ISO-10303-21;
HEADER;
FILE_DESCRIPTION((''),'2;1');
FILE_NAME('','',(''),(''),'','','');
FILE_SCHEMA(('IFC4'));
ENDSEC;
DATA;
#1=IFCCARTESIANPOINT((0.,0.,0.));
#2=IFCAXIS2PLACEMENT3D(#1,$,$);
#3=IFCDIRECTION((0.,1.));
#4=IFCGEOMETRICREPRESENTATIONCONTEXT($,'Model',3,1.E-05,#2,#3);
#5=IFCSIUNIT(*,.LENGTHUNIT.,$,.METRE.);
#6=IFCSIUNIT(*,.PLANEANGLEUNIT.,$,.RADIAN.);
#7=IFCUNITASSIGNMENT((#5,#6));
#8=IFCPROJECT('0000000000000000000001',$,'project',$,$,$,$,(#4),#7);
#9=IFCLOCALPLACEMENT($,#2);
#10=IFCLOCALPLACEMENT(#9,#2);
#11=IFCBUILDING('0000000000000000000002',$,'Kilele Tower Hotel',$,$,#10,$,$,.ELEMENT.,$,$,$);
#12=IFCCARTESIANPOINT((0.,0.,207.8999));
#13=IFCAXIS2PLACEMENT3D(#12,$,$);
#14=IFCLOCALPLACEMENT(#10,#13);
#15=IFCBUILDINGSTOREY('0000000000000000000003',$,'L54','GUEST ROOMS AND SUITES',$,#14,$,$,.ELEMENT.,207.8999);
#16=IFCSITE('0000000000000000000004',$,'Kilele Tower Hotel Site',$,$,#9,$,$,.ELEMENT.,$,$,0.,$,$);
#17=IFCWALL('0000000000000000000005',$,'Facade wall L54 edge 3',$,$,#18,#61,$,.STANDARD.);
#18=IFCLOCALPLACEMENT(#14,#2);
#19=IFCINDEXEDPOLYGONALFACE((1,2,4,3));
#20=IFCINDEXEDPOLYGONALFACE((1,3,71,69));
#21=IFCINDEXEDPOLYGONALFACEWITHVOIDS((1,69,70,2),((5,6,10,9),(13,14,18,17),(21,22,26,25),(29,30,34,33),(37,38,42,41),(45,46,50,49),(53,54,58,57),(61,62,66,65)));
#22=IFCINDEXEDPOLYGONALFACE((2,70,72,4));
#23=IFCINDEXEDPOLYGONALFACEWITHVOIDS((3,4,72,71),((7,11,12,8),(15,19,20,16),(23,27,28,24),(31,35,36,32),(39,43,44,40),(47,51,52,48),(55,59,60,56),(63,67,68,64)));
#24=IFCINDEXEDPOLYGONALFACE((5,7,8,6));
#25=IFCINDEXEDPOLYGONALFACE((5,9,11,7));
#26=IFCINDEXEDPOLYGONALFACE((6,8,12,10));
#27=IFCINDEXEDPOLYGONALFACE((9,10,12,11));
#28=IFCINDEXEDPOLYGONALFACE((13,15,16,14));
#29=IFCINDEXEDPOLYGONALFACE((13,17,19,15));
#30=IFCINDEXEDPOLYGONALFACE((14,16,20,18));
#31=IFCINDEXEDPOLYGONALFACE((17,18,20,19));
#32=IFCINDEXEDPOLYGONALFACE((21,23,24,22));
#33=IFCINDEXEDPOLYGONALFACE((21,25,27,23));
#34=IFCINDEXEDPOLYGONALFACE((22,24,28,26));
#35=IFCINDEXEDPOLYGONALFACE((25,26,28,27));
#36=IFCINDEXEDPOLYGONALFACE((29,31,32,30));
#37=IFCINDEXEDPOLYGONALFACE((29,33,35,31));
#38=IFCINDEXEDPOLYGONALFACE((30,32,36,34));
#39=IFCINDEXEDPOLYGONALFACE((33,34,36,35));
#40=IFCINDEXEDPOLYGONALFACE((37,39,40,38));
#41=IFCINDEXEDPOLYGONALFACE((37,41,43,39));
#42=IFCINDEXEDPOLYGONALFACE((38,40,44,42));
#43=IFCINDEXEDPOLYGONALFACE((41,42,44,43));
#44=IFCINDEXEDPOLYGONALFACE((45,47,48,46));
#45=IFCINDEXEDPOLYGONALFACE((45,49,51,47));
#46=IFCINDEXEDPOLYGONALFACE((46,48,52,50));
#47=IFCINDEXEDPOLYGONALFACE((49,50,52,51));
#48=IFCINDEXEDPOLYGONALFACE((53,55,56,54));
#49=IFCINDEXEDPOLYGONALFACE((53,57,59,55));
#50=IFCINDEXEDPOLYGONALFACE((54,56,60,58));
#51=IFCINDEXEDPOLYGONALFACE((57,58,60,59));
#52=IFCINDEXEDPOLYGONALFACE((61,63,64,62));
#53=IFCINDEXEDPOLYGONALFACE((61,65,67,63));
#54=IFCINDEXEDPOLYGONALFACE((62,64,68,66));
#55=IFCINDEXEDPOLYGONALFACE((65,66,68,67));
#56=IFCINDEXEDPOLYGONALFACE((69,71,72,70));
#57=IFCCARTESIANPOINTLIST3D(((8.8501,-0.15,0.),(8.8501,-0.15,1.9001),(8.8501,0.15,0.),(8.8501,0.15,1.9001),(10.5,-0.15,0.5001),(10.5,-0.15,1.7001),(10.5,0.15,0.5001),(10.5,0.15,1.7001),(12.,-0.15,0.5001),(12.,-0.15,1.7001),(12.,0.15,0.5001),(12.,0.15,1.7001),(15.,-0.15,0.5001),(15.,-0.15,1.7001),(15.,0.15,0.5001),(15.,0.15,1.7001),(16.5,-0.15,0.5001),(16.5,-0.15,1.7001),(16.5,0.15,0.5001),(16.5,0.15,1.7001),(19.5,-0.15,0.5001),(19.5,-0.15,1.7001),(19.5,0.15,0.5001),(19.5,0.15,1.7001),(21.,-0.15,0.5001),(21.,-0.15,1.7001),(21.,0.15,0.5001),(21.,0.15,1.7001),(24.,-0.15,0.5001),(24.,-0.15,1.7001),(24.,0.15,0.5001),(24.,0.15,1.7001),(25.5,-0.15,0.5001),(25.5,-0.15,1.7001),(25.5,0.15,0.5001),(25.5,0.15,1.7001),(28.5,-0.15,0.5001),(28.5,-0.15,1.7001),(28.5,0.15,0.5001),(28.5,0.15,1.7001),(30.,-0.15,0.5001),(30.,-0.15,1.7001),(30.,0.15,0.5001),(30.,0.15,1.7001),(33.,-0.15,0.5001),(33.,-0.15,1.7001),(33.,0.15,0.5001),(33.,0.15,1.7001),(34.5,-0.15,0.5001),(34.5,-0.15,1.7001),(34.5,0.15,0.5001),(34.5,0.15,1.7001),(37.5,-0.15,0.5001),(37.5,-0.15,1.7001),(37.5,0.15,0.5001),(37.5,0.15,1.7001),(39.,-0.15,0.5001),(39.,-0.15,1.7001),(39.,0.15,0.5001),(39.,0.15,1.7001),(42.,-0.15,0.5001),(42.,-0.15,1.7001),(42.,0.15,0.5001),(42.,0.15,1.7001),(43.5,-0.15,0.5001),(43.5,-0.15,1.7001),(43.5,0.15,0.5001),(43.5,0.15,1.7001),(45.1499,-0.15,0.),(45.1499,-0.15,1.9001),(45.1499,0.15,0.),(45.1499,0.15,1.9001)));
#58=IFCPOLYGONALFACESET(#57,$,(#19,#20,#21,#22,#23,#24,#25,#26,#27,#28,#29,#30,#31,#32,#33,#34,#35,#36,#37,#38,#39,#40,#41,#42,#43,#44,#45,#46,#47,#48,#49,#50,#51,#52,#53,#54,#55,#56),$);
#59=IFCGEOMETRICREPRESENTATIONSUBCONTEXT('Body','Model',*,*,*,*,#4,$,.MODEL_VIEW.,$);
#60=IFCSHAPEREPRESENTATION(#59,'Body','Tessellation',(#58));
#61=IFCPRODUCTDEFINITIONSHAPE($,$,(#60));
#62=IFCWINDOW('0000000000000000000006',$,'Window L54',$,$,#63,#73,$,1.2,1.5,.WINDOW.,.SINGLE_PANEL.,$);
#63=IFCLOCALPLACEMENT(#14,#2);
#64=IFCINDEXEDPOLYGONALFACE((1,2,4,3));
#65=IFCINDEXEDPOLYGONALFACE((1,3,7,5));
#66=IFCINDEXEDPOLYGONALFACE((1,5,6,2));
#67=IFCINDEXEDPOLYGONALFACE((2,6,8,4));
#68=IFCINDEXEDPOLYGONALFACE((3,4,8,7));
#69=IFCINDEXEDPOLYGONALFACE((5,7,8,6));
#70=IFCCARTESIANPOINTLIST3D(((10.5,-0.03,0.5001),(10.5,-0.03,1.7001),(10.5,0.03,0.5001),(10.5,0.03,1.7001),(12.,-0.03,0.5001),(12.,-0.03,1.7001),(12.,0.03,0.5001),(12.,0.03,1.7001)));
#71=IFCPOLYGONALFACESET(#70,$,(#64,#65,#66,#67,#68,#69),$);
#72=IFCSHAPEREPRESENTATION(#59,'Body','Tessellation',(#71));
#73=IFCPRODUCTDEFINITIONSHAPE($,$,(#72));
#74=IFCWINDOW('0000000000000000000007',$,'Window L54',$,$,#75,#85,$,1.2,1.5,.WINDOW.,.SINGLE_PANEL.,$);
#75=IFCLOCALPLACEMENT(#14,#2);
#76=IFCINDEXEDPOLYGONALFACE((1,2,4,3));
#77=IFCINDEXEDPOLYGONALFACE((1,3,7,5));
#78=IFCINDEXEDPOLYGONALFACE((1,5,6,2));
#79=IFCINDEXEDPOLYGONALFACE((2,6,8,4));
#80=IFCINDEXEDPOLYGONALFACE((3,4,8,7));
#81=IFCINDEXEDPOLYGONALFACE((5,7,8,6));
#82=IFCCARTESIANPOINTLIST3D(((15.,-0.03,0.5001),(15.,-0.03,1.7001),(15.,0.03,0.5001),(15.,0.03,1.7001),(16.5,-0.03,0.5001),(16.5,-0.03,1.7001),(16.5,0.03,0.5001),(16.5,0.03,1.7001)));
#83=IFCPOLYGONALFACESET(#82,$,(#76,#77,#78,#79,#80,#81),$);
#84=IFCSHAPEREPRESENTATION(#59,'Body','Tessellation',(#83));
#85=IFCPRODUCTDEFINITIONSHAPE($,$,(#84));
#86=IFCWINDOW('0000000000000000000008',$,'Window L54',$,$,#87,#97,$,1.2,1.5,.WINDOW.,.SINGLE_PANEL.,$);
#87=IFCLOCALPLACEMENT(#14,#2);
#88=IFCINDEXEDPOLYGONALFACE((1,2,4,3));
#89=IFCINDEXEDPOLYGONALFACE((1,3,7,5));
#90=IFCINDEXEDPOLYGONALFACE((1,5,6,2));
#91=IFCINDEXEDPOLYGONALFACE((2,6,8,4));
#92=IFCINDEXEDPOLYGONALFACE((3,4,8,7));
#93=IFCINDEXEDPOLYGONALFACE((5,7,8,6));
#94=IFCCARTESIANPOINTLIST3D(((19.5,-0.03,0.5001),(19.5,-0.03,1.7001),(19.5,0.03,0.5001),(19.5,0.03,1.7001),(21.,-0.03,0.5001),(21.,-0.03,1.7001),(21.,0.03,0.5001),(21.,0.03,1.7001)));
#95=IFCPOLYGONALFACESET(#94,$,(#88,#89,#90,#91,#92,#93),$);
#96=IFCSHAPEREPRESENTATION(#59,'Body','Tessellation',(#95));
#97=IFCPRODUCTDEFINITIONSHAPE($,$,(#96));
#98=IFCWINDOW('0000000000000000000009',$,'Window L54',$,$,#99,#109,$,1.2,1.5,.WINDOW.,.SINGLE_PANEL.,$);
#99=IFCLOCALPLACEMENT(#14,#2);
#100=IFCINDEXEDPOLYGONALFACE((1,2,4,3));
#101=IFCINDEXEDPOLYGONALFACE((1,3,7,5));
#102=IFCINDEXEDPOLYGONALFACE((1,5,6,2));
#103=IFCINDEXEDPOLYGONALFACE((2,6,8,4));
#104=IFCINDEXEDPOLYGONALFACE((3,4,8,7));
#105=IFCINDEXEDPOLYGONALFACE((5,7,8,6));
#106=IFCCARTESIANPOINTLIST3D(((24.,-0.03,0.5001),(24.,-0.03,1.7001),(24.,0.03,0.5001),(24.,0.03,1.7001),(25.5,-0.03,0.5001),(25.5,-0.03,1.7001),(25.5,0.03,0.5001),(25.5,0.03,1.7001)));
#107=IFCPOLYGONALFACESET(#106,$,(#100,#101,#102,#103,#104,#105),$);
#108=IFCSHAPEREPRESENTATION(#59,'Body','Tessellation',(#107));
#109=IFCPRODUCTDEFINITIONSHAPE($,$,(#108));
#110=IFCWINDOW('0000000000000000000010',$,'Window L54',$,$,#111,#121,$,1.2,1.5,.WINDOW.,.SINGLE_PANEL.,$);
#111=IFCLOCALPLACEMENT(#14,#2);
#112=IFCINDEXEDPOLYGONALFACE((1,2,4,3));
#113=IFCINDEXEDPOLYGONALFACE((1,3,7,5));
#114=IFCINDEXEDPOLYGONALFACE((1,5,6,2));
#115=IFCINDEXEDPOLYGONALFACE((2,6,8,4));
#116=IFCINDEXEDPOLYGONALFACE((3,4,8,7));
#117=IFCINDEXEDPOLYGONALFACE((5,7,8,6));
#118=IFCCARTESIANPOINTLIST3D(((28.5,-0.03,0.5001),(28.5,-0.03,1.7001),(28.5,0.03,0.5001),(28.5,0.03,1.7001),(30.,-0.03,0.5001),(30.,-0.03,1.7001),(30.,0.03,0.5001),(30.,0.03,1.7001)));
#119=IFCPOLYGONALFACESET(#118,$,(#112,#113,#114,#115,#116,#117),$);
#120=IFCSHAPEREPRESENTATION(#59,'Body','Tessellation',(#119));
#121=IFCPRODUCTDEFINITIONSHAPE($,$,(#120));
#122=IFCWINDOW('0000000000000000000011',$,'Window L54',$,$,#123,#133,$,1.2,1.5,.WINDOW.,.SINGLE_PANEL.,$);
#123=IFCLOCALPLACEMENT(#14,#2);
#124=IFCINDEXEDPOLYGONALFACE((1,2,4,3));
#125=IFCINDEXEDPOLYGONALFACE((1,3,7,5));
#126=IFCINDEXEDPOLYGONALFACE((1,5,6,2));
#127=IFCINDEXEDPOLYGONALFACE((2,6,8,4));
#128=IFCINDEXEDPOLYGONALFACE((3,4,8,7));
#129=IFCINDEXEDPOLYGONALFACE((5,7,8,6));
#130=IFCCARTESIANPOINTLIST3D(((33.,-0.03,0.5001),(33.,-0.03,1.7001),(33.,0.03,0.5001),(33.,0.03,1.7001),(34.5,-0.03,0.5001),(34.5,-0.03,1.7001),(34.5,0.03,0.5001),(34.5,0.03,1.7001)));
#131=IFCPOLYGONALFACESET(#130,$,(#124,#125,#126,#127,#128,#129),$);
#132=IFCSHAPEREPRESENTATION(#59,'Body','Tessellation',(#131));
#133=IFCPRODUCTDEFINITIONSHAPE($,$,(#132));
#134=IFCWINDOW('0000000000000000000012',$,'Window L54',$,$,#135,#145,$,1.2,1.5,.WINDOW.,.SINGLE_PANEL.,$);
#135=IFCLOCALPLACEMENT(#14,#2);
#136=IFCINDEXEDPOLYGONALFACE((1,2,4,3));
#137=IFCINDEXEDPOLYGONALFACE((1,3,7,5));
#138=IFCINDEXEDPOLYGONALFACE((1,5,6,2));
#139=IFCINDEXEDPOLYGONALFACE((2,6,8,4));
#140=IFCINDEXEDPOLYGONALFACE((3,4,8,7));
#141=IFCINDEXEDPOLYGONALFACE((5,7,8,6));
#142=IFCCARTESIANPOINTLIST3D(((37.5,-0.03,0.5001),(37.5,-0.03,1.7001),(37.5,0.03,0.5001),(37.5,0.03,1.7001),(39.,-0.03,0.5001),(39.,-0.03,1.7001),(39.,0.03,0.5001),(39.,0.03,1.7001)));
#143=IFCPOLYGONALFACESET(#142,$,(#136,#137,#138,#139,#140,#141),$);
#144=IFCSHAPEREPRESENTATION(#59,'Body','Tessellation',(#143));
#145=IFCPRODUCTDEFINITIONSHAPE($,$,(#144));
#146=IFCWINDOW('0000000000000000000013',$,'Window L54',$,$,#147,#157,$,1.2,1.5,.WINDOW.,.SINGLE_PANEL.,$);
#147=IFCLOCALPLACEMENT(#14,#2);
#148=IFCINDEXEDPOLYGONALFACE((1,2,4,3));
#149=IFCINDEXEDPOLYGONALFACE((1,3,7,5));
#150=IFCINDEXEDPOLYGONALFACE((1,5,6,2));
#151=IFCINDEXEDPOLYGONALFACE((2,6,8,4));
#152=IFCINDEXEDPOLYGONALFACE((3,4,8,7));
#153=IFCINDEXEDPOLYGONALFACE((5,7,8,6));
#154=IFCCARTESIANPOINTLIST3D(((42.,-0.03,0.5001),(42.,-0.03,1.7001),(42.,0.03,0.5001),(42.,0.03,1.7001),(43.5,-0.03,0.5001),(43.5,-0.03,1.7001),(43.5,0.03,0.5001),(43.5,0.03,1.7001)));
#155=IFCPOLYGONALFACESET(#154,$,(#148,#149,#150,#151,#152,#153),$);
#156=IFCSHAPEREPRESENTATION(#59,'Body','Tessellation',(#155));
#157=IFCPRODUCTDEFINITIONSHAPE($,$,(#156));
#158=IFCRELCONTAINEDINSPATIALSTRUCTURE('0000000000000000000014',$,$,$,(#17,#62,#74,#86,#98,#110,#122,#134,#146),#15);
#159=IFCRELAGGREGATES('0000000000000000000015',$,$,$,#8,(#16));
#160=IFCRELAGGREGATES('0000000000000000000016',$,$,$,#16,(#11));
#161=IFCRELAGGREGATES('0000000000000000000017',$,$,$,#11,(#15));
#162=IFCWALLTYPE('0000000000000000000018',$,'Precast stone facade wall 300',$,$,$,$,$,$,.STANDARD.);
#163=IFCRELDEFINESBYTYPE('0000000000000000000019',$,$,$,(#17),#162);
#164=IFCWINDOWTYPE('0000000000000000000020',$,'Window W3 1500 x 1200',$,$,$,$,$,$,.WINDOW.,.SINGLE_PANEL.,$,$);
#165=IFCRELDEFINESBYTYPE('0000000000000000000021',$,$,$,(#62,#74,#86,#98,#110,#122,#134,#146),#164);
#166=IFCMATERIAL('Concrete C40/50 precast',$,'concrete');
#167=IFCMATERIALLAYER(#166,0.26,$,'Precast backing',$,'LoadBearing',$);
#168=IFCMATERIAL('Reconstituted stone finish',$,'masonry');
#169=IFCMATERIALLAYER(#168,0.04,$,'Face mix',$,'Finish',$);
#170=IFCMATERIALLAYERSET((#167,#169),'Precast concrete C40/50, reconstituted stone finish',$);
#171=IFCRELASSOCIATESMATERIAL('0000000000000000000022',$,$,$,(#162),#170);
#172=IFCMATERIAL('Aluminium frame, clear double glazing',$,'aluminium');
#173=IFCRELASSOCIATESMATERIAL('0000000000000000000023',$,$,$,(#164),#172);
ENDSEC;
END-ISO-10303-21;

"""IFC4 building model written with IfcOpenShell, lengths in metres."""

from ifc_helpers import new_model, si_unit, direction, frame, frame_2d, origin, place, context, subcontext, project, spatial, rectangle, extrude, material, layer, layer_set, type_object, element, fill, save


model = new_model("IFC4")

# Units and contexts
model_context = context("Model", 3, precision=1e-05, world=origin(), true_north=direction((0.0, 1.0)))
body_context = subcontext(model_context, "Body", "Model", "MODEL_VIEW")
ifc_project = project(units=[si_unit("LENGTHUNIT", "METRE"), si_unit("PLANEANGLEUNIT", "RADIAN")], contexts=[model_context])

# Site, building, storey
site_placement = place(None, origin())
site = spatial("IfcSite", under=ifc_project, at=site_placement, Name="Kilele Tower Hotel Site", CompositionType="ELEMENT", RefElevation=0.0)
building_placement = place(site_placement, origin())
building = spatial("IfcBuilding", under=site, at=building_placement, Name="Kilele Tower Hotel", CompositionType="ELEMENT")
storey_placement = place(building_placement, frame((0.0, 0.0, 207.8999)))
storey = spatial("IfcBuildingStorey", under=building, at=storey_placement, Name="L54", Description="GUEST ROOMS AND SUITES", CompositionType="ELEMENT", Elevation=207.8999)

# Wall, openings, windows
ifc_material_1 = material(Name="Concrete C40/50 precast", Category="concrete")
ifc_layer_1 = layer(ifc_material_1, 0.26, Name="Precast backing", Category="LoadBearing")
ifc_material_2 = material(Name="Reconstituted stone finish", Category="masonry")
ifc_layer_2 = layer(ifc_material_2, 0.04, Name="Face mix", Category="Finish")
ifc_layer_set_1 = layer_set([ifc_layer_1, ifc_layer_2], Name="Precast concrete C40/50, reconstituted stone finish")
wall_type_1 = type_object("IfcWallType", Name="Precast stone facade wall 300", PredefinedType="STANDARD", material=ifc_layer_set_1)
wall_1_placement = place(storey_placement, frame((8.8501, 0.0, 0.0), z_axis=(0.0, 0.0, 1.0), x_axis=(1.0, 0.0, 0.0)))
wall_1 = element("IfcWall", 1, at=wall_1_placement, inside=storey, type_object=wall_type_1, Name="Facade wall L54 edge 3", PredefinedType="STANDARD", context=body_context, shape_type="SweptSolid", body=[
    extrude(rectangle(XDim=36.2998, YDim=0.3, at=frame_2d((18.1499, 0.0))), origin(), (0.0, 0.0, 1.0), 1.9001),
])
opening_1_placement = place(wall_1_placement, frame((1.6499, 0.0, 0.5)))
opening_1 = element("IfcOpeningElement", 2, at=opening_1_placement, cuts=wall_1, PredefinedType="OPENING", context=body_context, shape_type="SweptSolid", body=[
    extrude(rectangle(XDim=1.5, YDim=1.2, at=frame_2d((0.75, 0.6001))), frame((0.0, 0.1599, 0.0), z_axis=(0.0, -1.0, 0.0), x_axis=(1.0, 0.0, 0.0)), (0.0, 0.0, 1.0), 0.3201),
])
opening_2_placement = place(wall_1_placement, frame((6.1499, 0.0, 0.5)))
opening_2 = element("IfcOpeningElement", 3, at=opening_2_placement, cuts=wall_1, PredefinedType="OPENING", context=body_context, shape_type="SweptSolid", body=[
    extrude(rectangle(XDim=1.5, YDim=1.2, at=frame_2d((0.75, 0.6001))), frame((0.0, 0.1599, 0.0), z_axis=(0.0, -1.0, 0.0), x_axis=(1.0, 0.0, 0.0)), (0.0, 0.0, 1.0), 0.3201),
])
opening_3_placement = place(wall_1_placement, frame((10.6499, 0.0, 0.5)))
opening_3 = element("IfcOpeningElement", 4, at=opening_3_placement, cuts=wall_1, PredefinedType="OPENING", context=body_context, shape_type="SweptSolid", body=[
    extrude(rectangle(XDim=1.5, YDim=1.2, at=frame_2d((0.75, 0.6001))), frame((0.0, 0.1599, 0.0), z_axis=(0.0, -1.0, 0.0), x_axis=(1.0, 0.0, 0.0)), (0.0, 0.0, 1.0), 0.3201),
])
opening_4_placement = place(wall_1_placement, frame((15.1499, 0.0, 0.5)))
opening_4 = element("IfcOpeningElement", 5, at=opening_4_placement, cuts=wall_1, PredefinedType="OPENING", context=body_context, shape_type="SweptSolid", body=[
    extrude(rectangle(XDim=1.5, YDim=1.2, at=frame_2d((0.75, 0.6001))), frame((0.0, 0.1599, 0.0), z_axis=(0.0, -1.0, 0.0), x_axis=(1.0, 0.0, 0.0)), (0.0, 0.0, 1.0), 0.3201),
])
opening_5_placement = place(wall_1_placement, frame((19.6499, 0.0, 0.5)))
opening_5 = element("IfcOpeningElement", 6, at=opening_5_placement, cuts=wall_1, PredefinedType="OPENING", context=body_context, shape_type="SweptSolid", body=[
    extrude(rectangle(XDim=1.5, YDim=1.2, at=frame_2d((0.75, 0.6001))), frame((0.0, 0.1599, 0.0), z_axis=(0.0, -1.0, 0.0), x_axis=(1.0, 0.0, 0.0)), (0.0, 0.0, 1.0), 0.3201),
])
opening_6_placement = place(wall_1_placement, frame((24.1499, 0.0, 0.5)))
opening_6 = element("IfcOpeningElement", 7, at=opening_6_placement, cuts=wall_1, PredefinedType="OPENING", context=body_context, shape_type="SweptSolid", body=[
    extrude(rectangle(XDim=1.5, YDim=1.2, at=frame_2d((0.75, 0.6001))), frame((0.0, 0.1599, 0.0), z_axis=(0.0, -1.0, 0.0), x_axis=(1.0, 0.0, 0.0)), (0.0, 0.0, 1.0), 0.3201),
])
opening_7_placement = place(wall_1_placement, frame((28.6499, 0.0, 0.5)))
opening_7 = element("IfcOpeningElement", 8, at=opening_7_placement, cuts=wall_1, PredefinedType="OPENING", context=body_context, shape_type="SweptSolid", body=[
    extrude(rectangle(XDim=1.5, YDim=1.2, at=frame_2d((0.75, 0.6001))), frame((0.0, 0.1599, 0.0), z_axis=(0.0, -1.0, 0.0), x_axis=(1.0, 0.0, 0.0)), (0.0, 0.0, 1.0), 0.3201),
])
opening_8_placement = place(wall_1_placement, frame((33.1499, 0.0, 0.5)))
opening_8 = element("IfcOpeningElement", 9, at=opening_8_placement, cuts=wall_1, PredefinedType="OPENING", context=body_context, shape_type="SweptSolid", body=[
    extrude(rectangle(XDim=1.5, YDim=1.2, at=frame_2d((0.75, 0.6001))), frame((0.0, 0.1599, 0.0), z_axis=(0.0, -1.0, 0.0), x_axis=(1.0, 0.0, 0.0)), (0.0, 0.0, 1.0), 0.3201),
])
ifc_material_3 = material(Name="Aluminium frame, clear double glazing", Category="aluminium")
window_type = type_object("IfcWindowType", Name="Window W3 1500 x 1200", PartitioningType="SINGLE_PANEL", PredefinedType="WINDOW", material=ifc_material_3)
window_1_placement = place(opening_1_placement, origin())
window_1 = element("IfcWindow", 10, at=window_1_placement, inside=storey, type_object=window_type, Name="Window L54", OverallHeight=1.2, OverallWidth=1.5, PartitioningType="SINGLE_PANEL", PredefinedType="WINDOW", context=body_context, shape_type="SweptSolid", body=[
    extrude(rectangle(XDim=1.5, YDim=1.2, at=frame_2d((0.75, 0.6001))), frame((0.0, 0.03, 0.0), z_axis=(0.0, -1.0, 0.0), x_axis=(1.0, 0.0, 0.0)), (0.0, 0.0, 1.0), 0.0601),
])
fill(opening_1, window_1)
window_2_placement = place(opening_2_placement, origin())
window_2 = element("IfcWindow", 11, at=window_2_placement, inside=storey, type_object=window_type, Name="Window L54", OverallHeight=1.2, OverallWidth=1.5, PartitioningType="SINGLE_PANEL", PredefinedType="WINDOW", context=body_context, shape_type="SweptSolid", body=[
    extrude(rectangle(XDim=1.5, YDim=1.2, at=frame_2d((0.75, 0.6001))), frame((0.0, 0.03, 0.0), z_axis=(0.0, -1.0, 0.0), x_axis=(1.0, 0.0, 0.0)), (0.0, 0.0, 1.0), 0.0601),
])
fill(opening_2, window_2)
window_3_placement = place(opening_3_placement, origin())
window_3 = element("IfcWindow", 12, at=window_3_placement, inside=storey, type_object=window_type, Name="Window L54", OverallHeight=1.2, OverallWidth=1.5, PartitioningType="SINGLE_PANEL", PredefinedType="WINDOW", context=body_context, shape_type="SweptSolid", body=[
    extrude(rectangle(XDim=1.5, YDim=1.2, at=frame_2d((0.75, 0.6001))), frame((0.0, 0.03, 0.0), z_axis=(0.0, -1.0, 0.0), x_axis=(1.0, 0.0, 0.0)), (0.0, 0.0, 1.0), 0.0601),
])
fill(opening_3, window_3)
window_4_placement = place(opening_4_placement, origin())
window_4 = element("IfcWindow", 13, at=window_4_placement, inside=storey, type_object=window_type, Name="Window L54", OverallHeight=1.2, OverallWidth=1.5, PartitioningType="SINGLE_PANEL", PredefinedType="WINDOW", context=body_context, shape_type="SweptSolid", body=[
    extrude(rectangle(XDim=1.5, YDim=1.2, at=frame_2d((0.75, 0.6001))), frame((0.0, 0.03, 0.0), z_axis=(0.0, -1.0, 0.0), x_axis=(1.0, 0.0, 0.0)), (0.0, 0.0, 1.0), 0.0601),
])
fill(opening_4, window_4)
window_5_placement = place(opening_5_placement, origin())
window_5 = element("IfcWindow", 14, at=window_5_placement, inside=storey, type_object=window_type, Name="Window L54", OverallHeight=1.2, OverallWidth=1.5, PartitioningType="SINGLE_PANEL", PredefinedType="WINDOW", context=body_context, shape_type="SweptSolid", body=[
    extrude(rectangle(XDim=1.5, YDim=1.2, at=frame_2d((0.75, 0.6001))), frame((0.0, 0.03, 0.0), z_axis=(0.0, -1.0, 0.0), x_axis=(1.0, 0.0, 0.0)), (0.0, 0.0, 1.0), 0.0601),
])
fill(opening_5, window_5)
window_6_placement = place(opening_6_placement, origin())
window_6 = element("IfcWindow", 15, at=window_6_placement, inside=storey, type_object=window_type, Name="Window L54", OverallHeight=1.2, OverallWidth=1.5, PartitioningType="SINGLE_PANEL", PredefinedType="WINDOW", context=body_context, shape_type="SweptSolid", body=[
    extrude(rectangle(XDim=1.5, YDim=1.2, at=frame_2d((0.75, 0.6001))), frame((0.0, 0.03, 0.0), z_axis=(0.0, -1.0, 0.0), x_axis=(1.0, 0.0, 0.0)), (0.0, 0.0, 1.0), 0.0601),
])
fill(opening_6, window_6)
window_7_placement = place(opening_7_placement, origin())
window_7 = element("IfcWindow", 16, at=window_7_placement, inside=storey, type_object=window_type, Name="Window L54", OverallHeight=1.2, OverallWidth=1.5, PartitioningType="SINGLE_PANEL", PredefinedType="WINDOW", context=body_context, shape_type="SweptSolid", body=[
    extrude(rectangle(XDim=1.5, YDim=1.2, at=frame_2d((0.75, 0.6001))), frame((0.0, 0.03, 0.0), z_axis=(0.0, -1.0, 0.0), x_axis=(1.0, 0.0, 0.0)), (0.0, 0.0, 1.0), 0.0601),
])
fill(opening_7, window_7)
window_8_placement = place(opening_8_placement, origin())
window_8 = element("IfcWindow", 17, at=window_8_placement, inside=storey, type_object=window_type, Name="Window L54", OverallHeight=1.2, OverallWidth=1.5, PartitioningType="SINGLE_PANEL", PredefinedType="WINDOW", context=body_context, shape_type="SweptSolid", body=[
    extrude(rectangle(XDim=1.5, YDim=1.2, at=frame_2d((0.75, 0.6001))), frame((0.0, 0.03, 0.0), z_axis=(0.0, -1.0, 0.0), x_axis=(1.0, 0.0, 0.0)), (0.0, 0.0, 1.0), 0.0601),
])
fill(opening_8, window_8)

save(model, "model.ifc")
